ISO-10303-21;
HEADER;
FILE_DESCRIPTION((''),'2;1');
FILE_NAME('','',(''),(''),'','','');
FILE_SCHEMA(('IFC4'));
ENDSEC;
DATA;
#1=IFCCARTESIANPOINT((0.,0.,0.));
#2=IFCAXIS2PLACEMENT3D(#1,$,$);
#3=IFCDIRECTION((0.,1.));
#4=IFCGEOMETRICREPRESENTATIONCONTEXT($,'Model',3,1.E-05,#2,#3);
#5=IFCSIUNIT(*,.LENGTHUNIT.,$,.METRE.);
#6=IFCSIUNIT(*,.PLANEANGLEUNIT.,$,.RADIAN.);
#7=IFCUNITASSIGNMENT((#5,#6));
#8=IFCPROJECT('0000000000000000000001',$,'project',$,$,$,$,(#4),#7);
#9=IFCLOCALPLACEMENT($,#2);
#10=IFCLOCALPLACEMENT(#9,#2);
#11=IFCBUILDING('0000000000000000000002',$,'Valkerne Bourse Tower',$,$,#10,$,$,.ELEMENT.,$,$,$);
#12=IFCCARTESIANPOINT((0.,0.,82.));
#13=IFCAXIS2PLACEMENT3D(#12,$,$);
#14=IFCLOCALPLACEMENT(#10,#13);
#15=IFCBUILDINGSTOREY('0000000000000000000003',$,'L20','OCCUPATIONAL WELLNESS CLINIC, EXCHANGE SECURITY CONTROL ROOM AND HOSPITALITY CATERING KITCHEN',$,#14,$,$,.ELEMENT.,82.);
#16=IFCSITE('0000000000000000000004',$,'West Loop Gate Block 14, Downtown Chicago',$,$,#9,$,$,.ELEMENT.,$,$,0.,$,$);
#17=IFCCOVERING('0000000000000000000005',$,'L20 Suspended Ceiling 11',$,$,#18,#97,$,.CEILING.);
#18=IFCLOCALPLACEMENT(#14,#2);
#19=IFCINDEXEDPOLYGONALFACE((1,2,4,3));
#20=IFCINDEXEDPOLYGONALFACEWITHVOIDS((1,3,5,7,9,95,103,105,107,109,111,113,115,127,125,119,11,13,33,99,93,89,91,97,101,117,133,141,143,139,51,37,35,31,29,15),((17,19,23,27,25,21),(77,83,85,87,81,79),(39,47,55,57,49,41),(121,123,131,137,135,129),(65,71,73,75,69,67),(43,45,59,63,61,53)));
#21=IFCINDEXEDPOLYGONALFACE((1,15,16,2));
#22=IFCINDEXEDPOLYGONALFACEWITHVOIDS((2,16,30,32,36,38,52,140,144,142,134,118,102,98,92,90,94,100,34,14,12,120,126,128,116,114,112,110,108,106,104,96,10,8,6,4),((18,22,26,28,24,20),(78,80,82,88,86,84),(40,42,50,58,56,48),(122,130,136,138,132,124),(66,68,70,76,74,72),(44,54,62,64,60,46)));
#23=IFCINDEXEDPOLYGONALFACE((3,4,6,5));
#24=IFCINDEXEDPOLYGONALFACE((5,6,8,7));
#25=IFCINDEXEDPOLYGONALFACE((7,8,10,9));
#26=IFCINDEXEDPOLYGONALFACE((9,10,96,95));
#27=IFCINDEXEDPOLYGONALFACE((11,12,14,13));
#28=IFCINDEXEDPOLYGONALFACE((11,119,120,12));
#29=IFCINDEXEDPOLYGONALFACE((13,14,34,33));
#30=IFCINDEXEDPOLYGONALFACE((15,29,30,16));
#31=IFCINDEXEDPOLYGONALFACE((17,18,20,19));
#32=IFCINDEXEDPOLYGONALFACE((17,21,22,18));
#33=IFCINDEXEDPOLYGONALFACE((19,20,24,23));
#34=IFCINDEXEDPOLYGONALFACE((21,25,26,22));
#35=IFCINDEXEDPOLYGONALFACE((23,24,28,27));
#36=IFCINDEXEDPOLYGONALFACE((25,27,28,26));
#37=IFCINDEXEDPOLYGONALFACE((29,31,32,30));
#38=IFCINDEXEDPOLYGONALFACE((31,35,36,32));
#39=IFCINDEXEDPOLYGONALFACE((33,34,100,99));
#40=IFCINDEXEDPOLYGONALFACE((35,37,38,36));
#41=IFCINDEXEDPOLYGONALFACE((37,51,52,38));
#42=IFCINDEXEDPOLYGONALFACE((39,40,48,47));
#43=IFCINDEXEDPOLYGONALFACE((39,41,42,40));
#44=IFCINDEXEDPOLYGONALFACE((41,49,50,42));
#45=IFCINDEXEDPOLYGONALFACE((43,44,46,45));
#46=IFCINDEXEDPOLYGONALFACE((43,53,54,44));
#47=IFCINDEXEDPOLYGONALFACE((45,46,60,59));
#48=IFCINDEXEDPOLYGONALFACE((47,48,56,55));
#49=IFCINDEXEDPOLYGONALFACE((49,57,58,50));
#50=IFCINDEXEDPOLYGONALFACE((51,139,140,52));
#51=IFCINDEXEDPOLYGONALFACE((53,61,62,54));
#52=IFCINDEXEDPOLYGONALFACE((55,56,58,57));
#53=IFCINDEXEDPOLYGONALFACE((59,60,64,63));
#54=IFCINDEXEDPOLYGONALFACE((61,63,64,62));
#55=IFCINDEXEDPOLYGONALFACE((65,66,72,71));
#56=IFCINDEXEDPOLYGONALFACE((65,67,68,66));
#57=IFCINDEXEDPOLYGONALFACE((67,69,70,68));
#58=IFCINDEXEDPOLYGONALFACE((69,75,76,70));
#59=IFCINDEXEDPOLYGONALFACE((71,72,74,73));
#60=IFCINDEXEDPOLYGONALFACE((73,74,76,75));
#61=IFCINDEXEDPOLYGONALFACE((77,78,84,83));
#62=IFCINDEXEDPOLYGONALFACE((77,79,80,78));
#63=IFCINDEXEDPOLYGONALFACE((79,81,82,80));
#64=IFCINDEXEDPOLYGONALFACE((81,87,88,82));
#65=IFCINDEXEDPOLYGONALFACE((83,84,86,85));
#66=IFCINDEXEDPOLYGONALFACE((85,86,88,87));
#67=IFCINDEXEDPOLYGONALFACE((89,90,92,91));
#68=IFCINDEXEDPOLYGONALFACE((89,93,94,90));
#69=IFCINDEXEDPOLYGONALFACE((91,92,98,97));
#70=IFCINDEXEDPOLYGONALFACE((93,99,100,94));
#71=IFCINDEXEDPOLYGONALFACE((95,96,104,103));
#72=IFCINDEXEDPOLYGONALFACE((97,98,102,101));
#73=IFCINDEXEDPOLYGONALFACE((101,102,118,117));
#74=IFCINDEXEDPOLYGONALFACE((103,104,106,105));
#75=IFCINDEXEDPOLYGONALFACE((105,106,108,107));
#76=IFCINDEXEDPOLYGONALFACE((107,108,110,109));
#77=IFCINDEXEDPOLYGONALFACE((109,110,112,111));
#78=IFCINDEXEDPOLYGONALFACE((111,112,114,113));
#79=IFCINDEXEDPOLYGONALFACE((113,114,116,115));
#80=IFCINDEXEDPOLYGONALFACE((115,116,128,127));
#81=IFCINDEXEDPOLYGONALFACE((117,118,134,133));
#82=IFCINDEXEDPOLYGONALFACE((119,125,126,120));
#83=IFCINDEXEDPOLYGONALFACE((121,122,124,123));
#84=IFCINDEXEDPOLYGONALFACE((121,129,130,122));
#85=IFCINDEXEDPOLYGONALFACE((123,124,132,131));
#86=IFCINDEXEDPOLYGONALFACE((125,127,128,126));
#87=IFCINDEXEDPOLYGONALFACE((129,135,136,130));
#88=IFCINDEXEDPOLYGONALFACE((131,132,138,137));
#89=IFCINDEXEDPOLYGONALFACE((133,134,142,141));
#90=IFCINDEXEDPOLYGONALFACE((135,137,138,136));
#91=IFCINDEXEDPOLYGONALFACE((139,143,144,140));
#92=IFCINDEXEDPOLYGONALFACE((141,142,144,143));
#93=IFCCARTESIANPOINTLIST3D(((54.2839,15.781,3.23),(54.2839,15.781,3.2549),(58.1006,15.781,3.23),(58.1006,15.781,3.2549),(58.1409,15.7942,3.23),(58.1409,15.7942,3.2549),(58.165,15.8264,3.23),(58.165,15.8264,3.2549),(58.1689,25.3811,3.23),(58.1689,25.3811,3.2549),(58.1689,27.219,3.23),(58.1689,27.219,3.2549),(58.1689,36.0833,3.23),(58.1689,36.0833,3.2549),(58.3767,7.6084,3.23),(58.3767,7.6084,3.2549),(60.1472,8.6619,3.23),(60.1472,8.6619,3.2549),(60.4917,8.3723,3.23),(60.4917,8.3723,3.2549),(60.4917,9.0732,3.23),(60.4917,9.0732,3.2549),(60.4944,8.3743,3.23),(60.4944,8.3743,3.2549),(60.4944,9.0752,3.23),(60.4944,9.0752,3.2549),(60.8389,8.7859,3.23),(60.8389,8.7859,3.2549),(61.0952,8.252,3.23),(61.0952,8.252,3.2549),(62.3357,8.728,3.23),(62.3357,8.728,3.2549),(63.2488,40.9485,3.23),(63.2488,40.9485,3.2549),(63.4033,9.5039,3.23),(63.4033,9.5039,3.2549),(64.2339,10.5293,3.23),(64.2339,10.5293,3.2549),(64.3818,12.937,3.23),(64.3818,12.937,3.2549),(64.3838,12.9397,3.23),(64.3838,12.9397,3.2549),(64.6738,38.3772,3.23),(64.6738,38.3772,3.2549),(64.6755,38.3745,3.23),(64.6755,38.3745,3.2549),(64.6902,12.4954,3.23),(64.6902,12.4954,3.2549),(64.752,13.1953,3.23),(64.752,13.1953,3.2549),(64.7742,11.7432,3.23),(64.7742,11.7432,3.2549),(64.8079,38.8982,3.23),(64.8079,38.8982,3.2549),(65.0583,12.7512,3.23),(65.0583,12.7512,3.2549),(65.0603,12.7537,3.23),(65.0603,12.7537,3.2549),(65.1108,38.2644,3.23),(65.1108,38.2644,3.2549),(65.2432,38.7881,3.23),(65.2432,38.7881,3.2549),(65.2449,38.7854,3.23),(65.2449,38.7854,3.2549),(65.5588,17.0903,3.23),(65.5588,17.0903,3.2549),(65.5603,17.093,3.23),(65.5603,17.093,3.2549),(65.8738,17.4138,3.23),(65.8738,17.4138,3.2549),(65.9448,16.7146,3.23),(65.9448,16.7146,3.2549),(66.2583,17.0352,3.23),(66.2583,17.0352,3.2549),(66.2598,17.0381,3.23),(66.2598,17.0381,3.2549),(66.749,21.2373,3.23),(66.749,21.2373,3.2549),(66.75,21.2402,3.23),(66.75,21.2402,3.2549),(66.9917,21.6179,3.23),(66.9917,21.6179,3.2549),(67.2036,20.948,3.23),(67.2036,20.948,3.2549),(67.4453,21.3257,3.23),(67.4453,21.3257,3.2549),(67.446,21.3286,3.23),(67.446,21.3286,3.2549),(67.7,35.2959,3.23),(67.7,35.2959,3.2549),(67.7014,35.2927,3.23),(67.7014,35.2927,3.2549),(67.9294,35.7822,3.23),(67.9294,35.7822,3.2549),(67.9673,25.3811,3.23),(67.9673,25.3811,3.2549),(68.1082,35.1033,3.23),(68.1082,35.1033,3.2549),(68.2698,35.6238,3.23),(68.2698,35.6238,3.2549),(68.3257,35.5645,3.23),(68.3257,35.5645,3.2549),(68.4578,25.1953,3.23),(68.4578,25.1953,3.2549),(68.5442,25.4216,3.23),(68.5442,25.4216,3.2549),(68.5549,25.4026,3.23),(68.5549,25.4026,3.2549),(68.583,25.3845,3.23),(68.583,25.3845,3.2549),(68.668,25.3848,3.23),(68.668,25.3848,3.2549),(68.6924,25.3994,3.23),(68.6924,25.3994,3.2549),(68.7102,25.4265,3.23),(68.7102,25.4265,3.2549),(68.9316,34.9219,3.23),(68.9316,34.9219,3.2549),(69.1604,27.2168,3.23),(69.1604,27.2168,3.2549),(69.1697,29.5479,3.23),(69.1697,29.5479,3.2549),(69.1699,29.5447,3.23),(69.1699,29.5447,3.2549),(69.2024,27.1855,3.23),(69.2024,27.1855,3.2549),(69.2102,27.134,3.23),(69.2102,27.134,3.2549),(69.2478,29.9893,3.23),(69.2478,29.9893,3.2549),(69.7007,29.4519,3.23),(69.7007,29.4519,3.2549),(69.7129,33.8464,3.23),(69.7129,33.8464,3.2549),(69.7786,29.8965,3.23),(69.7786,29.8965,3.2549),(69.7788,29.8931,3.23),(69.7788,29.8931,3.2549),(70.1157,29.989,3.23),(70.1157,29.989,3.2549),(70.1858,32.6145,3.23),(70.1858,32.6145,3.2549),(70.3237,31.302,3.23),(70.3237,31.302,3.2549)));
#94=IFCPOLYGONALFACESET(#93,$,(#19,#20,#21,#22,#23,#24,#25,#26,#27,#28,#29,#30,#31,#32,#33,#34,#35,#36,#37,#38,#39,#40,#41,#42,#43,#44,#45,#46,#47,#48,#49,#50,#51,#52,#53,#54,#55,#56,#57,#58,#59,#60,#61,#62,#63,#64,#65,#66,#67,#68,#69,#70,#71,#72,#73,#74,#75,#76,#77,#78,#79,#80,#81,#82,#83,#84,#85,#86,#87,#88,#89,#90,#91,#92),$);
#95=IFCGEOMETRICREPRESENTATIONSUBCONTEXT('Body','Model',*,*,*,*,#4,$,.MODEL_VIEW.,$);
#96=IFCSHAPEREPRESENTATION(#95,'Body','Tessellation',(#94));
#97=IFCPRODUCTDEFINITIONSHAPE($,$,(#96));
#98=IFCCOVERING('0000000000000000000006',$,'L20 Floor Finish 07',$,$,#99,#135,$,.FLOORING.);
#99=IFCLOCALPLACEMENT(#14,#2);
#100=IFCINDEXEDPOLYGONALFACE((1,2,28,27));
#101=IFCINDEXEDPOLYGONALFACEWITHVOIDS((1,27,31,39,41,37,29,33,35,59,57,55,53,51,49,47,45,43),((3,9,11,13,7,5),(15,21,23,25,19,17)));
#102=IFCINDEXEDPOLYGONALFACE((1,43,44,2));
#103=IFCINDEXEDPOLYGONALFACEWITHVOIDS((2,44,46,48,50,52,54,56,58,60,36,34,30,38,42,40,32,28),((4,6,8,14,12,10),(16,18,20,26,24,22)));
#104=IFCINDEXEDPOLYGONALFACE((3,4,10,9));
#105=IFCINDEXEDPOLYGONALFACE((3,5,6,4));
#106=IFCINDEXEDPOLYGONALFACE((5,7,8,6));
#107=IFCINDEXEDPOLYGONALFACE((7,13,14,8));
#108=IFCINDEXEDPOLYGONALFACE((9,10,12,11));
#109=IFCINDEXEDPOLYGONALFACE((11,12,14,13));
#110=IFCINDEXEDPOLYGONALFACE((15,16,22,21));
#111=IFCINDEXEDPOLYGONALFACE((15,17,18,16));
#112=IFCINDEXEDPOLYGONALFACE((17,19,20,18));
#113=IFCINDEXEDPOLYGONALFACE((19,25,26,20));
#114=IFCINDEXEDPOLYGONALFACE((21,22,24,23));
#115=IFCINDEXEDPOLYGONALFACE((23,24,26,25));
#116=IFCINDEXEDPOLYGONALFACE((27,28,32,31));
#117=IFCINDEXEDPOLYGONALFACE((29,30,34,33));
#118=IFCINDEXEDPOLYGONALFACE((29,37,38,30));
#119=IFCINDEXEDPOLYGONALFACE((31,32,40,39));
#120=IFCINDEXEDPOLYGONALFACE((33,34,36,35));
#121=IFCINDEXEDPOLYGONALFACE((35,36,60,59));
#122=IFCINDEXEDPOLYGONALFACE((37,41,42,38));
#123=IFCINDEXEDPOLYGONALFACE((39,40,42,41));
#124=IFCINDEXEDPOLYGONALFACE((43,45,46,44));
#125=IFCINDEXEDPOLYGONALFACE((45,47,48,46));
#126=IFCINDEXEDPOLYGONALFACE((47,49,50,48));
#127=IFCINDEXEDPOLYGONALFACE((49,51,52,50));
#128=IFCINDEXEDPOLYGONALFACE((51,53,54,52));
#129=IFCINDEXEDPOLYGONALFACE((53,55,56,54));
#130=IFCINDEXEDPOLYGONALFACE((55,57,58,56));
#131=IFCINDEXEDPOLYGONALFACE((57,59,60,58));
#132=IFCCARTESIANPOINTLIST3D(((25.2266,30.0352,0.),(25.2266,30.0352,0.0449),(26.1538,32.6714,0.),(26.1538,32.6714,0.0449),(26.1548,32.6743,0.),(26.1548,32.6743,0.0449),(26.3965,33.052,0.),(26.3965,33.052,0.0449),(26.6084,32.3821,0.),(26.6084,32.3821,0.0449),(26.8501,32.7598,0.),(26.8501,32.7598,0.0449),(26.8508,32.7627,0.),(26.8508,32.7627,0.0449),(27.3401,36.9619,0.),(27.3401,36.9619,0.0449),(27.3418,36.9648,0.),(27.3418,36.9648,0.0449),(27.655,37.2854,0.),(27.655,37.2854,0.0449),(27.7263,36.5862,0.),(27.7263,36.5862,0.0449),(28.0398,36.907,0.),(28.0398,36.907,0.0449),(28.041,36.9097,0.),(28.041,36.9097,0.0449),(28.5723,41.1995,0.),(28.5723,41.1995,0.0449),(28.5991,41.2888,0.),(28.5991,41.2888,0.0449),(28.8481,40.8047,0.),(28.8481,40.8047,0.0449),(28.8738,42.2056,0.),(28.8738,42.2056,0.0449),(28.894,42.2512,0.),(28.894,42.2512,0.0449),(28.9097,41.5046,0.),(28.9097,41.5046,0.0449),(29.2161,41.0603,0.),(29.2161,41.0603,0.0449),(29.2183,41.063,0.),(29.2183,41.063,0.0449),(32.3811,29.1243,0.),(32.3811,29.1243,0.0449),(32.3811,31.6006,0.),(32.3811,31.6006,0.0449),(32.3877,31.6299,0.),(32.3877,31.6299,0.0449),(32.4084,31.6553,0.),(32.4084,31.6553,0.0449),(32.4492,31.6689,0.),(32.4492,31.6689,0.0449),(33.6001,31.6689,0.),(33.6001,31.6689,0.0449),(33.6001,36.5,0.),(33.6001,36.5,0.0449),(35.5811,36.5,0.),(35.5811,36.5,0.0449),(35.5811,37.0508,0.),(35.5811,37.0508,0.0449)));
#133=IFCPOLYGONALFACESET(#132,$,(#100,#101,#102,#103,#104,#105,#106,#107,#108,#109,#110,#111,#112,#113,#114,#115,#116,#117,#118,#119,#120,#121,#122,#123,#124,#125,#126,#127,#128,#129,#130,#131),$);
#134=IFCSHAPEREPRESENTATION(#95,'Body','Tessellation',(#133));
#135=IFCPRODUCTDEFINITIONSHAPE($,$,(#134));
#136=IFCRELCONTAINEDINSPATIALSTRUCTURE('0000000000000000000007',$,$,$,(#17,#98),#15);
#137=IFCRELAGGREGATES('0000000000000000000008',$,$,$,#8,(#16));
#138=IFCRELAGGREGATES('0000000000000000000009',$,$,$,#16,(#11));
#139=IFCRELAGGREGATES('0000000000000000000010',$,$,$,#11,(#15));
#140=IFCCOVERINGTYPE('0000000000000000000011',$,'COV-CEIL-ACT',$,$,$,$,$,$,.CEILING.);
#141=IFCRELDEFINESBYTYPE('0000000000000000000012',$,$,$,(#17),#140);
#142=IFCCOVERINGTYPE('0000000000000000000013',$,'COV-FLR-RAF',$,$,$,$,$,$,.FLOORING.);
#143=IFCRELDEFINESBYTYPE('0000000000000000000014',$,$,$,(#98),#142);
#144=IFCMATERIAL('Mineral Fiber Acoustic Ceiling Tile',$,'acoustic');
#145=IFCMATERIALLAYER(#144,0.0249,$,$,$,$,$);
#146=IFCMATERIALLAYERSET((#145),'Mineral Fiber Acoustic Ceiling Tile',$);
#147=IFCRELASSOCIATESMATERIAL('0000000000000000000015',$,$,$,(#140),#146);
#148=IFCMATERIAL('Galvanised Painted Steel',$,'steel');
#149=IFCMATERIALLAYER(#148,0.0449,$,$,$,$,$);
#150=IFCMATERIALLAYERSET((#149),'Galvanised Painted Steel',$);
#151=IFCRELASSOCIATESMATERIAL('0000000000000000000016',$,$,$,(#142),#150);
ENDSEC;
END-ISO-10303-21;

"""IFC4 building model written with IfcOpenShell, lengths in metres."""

from ifc_helpers import new_model, si_unit, direction, frame, origin, place, context, subcontext, project, spatial, polyline, outline, extrude, material, layer, layer_set, type_object, element, save


model = new_model("IFC4")

# Units and contexts
model_context = context("Model", 3, precision=1e-05, world=origin(), true_north=direction((0.0, 1.0)))
body_context = subcontext(model_context, "Body", "Model", "MODEL_VIEW")
ifc_project = project(units=[si_unit("LENGTHUNIT", "METRE"), si_unit("PLANEANGLEUNIT", "RADIAN")], contexts=[model_context])

# Site, building, storey
site_placement = place(None, origin())
site = spatial("IfcSite", under=ifc_project, at=site_placement, Name="West Loop Gate Block 14, Downtown Chicago", CompositionType="ELEMENT", RefElevation=0.0)
building_placement = place(site_placement, origin())
building = spatial("IfcBuilding", under=site, at=building_placement, Name="Valkerne Bourse Tower", CompositionType="ELEMENT")
storey_placement = place(building_placement, frame((0.0, 0.0, 82.0)))
storey = spatial("IfcBuildingStorey", under=building, at=storey_placement, Name="L20", Description="OCCUPATIONAL WELLNESS CLINIC, EXCHANGE SECURITY CONTROL ROOM AND HOSPITALITY CATERING KITCHEN", CompositionType="ELEMENT", Elevation=82.0)

# Coverings
ifc_material_1 = material(Name="Mineral Fiber Acoustic Ceiling Tile", Category="acoustic")
ifc_layer_1 = layer(ifc_material_1, 0.0249)
ifc_layer_set_1 = layer_set([ifc_layer_1], Name="Mineral Fiber Acoustic Ceiling Tile")
covering_type_1 = type_object("IfcCoveringType", Name="COV-CEIL-ACT", PredefinedType="CEILING", material=ifc_layer_set_1)
covering_1_placement = place(storey_placement, frame((0.0, 0.0, 3.23)))
element("IfcCovering", 1, at=covering_1_placement, inside=storey, type_object=covering_type_1, Name="L20 Suspended Ceiling 11", PredefinedType="CEILING", context=body_context, shape_type="SweptSolid", body=[
    extrude(outline(polyline([(62.3357, 8.728), (61.0952, 8.252), (58.3767, 7.6084), (54.2839, 15.781), (58.1006, 15.781), (58.1409, 15.7942), (58.165, 15.8264), (58.1689, 25.3811), (67.9673, 25.3811), (68.4578, 25.1953), (68.5442, 25.4216), (68.5549, 25.4026), (68.583, 25.3845), (68.668, 25.3848), (68.6924, 25.3994), (68.7102, 25.4265), (69.2102, 27.134), (69.2024, 27.1855), (69.1604, 27.2168), (58.1689, 27.219), (58.1689, 36.0833), (63.2488, 40.9485), (68.2698, 35.6238), (67.9294, 35.7822), (67.7, 35.2959), (67.7014, 35.2927), (68.1082, 35.1033), (68.3257, 35.5645), (68.9316, 34.9219), (69.7129, 33.8464), (70.1858, 32.6145), (70.3237, 31.302), (70.1157, 29.989), (64.7742, 11.7432), (64.2339, 10.5293), (63.4033, 9.5039), (62.3357, 8.728)]), holes=[polyline([(60.4944, 8.3743), (60.8389, 8.7859), (60.4944, 9.0752), (60.4917, 9.0732), (60.1472, 8.6619), (60.4917, 8.3723), (60.4944, 8.3743)]), polyline([(65.0603, 12.7537), (64.752, 13.1953), (64.3838, 12.9397), (64.3818, 12.937), (64.6902, 12.4954), (65.0583, 12.7512), (65.0603, 12.7537)]), polyline([(66.2598, 17.0381), (65.8738, 17.4138), (65.5603, 17.093), (65.5588, 17.0903), (65.9448, 16.7146), (66.2583, 17.0352), (66.2598, 17.0381)]), polyline([(67.446, 21.3286), (66.9917, 21.6179), (66.75, 21.2402), (66.749, 21.2373), (67.2036, 20.948), (67.4453, 21.3257), (67.446, 21.3286)]), polyline([(69.7788, 29.8931), (69.7786, 29.8965), (69.2478, 29.9893), (69.1697, 29.5479), (69.1699, 29.5447), (69.7007, 29.4519), (69.7788, 29.8931)]), polyline([(65.2449, 38.7854), (65.2432, 38.7881), (64.8079, 38.8982), (64.6738, 38.3772), (64.6755, 38.3745), (65.1108, 38.2644), (65.2449, 38.7854)])]), origin(), (0.0, 0.0, 1.0), 0.0249),
])
ifc_material_2 = material(Name="Galvanised Painted Steel", Category="steel")
ifc_layer_2 = layer(ifc_material_2, 0.0449)
ifc_layer_set_2 = layer_set([ifc_layer_2], Name="Galvanised Painted Steel")
covering_type_2 = type_object("IfcCoveringType", Name="COV-FLR-RAF", PredefinedType="FLOORING", material=ifc_layer_set_2)
covering_2_placement = place(storey_placement, origin())
element("IfcCovering", 2, at=covering_2_placement, inside=storey, type_object=covering_type_2, Name="L20 Floor Finish 07", PredefinedType="FLOORING", context=body_context, shape_type="SweptSolid", body=[
    extrude(outline(polyline([(35.5811, 37.0508), (35.5811, 36.5), (33.6001, 36.5), (33.6001, 31.6689), (32.4492, 31.6689), (32.4084, 31.6553), (32.3877, 31.6299), (32.3811, 31.6006), (32.3811, 29.1243), (25.2266, 30.0352), (28.5723, 41.1995), (28.8481, 40.8047), (29.2161, 41.0603), (29.2183, 41.063), (28.9097, 41.5046), (28.5991, 41.2888), (28.8738, 42.2056), (28.894, 42.2512), (35.5811, 37.0508)]), holes=[polyline([(26.8501, 32.7598), (26.8508, 32.7627), (26.3965, 33.052), (26.1548, 32.6743), (26.1538, 32.6714), (26.6084, 32.3821), (26.8501, 32.7598)]), polyline([(28.041, 36.9097), (27.655, 37.2854), (27.3418, 36.9648), (27.3401, 36.9619), (27.7263, 36.5862), (28.0398, 36.907), (28.041, 36.9097)])]), origin(), (0.0, 0.0, 1.0), 0.0449),
])

save(model, "model.ifc")
